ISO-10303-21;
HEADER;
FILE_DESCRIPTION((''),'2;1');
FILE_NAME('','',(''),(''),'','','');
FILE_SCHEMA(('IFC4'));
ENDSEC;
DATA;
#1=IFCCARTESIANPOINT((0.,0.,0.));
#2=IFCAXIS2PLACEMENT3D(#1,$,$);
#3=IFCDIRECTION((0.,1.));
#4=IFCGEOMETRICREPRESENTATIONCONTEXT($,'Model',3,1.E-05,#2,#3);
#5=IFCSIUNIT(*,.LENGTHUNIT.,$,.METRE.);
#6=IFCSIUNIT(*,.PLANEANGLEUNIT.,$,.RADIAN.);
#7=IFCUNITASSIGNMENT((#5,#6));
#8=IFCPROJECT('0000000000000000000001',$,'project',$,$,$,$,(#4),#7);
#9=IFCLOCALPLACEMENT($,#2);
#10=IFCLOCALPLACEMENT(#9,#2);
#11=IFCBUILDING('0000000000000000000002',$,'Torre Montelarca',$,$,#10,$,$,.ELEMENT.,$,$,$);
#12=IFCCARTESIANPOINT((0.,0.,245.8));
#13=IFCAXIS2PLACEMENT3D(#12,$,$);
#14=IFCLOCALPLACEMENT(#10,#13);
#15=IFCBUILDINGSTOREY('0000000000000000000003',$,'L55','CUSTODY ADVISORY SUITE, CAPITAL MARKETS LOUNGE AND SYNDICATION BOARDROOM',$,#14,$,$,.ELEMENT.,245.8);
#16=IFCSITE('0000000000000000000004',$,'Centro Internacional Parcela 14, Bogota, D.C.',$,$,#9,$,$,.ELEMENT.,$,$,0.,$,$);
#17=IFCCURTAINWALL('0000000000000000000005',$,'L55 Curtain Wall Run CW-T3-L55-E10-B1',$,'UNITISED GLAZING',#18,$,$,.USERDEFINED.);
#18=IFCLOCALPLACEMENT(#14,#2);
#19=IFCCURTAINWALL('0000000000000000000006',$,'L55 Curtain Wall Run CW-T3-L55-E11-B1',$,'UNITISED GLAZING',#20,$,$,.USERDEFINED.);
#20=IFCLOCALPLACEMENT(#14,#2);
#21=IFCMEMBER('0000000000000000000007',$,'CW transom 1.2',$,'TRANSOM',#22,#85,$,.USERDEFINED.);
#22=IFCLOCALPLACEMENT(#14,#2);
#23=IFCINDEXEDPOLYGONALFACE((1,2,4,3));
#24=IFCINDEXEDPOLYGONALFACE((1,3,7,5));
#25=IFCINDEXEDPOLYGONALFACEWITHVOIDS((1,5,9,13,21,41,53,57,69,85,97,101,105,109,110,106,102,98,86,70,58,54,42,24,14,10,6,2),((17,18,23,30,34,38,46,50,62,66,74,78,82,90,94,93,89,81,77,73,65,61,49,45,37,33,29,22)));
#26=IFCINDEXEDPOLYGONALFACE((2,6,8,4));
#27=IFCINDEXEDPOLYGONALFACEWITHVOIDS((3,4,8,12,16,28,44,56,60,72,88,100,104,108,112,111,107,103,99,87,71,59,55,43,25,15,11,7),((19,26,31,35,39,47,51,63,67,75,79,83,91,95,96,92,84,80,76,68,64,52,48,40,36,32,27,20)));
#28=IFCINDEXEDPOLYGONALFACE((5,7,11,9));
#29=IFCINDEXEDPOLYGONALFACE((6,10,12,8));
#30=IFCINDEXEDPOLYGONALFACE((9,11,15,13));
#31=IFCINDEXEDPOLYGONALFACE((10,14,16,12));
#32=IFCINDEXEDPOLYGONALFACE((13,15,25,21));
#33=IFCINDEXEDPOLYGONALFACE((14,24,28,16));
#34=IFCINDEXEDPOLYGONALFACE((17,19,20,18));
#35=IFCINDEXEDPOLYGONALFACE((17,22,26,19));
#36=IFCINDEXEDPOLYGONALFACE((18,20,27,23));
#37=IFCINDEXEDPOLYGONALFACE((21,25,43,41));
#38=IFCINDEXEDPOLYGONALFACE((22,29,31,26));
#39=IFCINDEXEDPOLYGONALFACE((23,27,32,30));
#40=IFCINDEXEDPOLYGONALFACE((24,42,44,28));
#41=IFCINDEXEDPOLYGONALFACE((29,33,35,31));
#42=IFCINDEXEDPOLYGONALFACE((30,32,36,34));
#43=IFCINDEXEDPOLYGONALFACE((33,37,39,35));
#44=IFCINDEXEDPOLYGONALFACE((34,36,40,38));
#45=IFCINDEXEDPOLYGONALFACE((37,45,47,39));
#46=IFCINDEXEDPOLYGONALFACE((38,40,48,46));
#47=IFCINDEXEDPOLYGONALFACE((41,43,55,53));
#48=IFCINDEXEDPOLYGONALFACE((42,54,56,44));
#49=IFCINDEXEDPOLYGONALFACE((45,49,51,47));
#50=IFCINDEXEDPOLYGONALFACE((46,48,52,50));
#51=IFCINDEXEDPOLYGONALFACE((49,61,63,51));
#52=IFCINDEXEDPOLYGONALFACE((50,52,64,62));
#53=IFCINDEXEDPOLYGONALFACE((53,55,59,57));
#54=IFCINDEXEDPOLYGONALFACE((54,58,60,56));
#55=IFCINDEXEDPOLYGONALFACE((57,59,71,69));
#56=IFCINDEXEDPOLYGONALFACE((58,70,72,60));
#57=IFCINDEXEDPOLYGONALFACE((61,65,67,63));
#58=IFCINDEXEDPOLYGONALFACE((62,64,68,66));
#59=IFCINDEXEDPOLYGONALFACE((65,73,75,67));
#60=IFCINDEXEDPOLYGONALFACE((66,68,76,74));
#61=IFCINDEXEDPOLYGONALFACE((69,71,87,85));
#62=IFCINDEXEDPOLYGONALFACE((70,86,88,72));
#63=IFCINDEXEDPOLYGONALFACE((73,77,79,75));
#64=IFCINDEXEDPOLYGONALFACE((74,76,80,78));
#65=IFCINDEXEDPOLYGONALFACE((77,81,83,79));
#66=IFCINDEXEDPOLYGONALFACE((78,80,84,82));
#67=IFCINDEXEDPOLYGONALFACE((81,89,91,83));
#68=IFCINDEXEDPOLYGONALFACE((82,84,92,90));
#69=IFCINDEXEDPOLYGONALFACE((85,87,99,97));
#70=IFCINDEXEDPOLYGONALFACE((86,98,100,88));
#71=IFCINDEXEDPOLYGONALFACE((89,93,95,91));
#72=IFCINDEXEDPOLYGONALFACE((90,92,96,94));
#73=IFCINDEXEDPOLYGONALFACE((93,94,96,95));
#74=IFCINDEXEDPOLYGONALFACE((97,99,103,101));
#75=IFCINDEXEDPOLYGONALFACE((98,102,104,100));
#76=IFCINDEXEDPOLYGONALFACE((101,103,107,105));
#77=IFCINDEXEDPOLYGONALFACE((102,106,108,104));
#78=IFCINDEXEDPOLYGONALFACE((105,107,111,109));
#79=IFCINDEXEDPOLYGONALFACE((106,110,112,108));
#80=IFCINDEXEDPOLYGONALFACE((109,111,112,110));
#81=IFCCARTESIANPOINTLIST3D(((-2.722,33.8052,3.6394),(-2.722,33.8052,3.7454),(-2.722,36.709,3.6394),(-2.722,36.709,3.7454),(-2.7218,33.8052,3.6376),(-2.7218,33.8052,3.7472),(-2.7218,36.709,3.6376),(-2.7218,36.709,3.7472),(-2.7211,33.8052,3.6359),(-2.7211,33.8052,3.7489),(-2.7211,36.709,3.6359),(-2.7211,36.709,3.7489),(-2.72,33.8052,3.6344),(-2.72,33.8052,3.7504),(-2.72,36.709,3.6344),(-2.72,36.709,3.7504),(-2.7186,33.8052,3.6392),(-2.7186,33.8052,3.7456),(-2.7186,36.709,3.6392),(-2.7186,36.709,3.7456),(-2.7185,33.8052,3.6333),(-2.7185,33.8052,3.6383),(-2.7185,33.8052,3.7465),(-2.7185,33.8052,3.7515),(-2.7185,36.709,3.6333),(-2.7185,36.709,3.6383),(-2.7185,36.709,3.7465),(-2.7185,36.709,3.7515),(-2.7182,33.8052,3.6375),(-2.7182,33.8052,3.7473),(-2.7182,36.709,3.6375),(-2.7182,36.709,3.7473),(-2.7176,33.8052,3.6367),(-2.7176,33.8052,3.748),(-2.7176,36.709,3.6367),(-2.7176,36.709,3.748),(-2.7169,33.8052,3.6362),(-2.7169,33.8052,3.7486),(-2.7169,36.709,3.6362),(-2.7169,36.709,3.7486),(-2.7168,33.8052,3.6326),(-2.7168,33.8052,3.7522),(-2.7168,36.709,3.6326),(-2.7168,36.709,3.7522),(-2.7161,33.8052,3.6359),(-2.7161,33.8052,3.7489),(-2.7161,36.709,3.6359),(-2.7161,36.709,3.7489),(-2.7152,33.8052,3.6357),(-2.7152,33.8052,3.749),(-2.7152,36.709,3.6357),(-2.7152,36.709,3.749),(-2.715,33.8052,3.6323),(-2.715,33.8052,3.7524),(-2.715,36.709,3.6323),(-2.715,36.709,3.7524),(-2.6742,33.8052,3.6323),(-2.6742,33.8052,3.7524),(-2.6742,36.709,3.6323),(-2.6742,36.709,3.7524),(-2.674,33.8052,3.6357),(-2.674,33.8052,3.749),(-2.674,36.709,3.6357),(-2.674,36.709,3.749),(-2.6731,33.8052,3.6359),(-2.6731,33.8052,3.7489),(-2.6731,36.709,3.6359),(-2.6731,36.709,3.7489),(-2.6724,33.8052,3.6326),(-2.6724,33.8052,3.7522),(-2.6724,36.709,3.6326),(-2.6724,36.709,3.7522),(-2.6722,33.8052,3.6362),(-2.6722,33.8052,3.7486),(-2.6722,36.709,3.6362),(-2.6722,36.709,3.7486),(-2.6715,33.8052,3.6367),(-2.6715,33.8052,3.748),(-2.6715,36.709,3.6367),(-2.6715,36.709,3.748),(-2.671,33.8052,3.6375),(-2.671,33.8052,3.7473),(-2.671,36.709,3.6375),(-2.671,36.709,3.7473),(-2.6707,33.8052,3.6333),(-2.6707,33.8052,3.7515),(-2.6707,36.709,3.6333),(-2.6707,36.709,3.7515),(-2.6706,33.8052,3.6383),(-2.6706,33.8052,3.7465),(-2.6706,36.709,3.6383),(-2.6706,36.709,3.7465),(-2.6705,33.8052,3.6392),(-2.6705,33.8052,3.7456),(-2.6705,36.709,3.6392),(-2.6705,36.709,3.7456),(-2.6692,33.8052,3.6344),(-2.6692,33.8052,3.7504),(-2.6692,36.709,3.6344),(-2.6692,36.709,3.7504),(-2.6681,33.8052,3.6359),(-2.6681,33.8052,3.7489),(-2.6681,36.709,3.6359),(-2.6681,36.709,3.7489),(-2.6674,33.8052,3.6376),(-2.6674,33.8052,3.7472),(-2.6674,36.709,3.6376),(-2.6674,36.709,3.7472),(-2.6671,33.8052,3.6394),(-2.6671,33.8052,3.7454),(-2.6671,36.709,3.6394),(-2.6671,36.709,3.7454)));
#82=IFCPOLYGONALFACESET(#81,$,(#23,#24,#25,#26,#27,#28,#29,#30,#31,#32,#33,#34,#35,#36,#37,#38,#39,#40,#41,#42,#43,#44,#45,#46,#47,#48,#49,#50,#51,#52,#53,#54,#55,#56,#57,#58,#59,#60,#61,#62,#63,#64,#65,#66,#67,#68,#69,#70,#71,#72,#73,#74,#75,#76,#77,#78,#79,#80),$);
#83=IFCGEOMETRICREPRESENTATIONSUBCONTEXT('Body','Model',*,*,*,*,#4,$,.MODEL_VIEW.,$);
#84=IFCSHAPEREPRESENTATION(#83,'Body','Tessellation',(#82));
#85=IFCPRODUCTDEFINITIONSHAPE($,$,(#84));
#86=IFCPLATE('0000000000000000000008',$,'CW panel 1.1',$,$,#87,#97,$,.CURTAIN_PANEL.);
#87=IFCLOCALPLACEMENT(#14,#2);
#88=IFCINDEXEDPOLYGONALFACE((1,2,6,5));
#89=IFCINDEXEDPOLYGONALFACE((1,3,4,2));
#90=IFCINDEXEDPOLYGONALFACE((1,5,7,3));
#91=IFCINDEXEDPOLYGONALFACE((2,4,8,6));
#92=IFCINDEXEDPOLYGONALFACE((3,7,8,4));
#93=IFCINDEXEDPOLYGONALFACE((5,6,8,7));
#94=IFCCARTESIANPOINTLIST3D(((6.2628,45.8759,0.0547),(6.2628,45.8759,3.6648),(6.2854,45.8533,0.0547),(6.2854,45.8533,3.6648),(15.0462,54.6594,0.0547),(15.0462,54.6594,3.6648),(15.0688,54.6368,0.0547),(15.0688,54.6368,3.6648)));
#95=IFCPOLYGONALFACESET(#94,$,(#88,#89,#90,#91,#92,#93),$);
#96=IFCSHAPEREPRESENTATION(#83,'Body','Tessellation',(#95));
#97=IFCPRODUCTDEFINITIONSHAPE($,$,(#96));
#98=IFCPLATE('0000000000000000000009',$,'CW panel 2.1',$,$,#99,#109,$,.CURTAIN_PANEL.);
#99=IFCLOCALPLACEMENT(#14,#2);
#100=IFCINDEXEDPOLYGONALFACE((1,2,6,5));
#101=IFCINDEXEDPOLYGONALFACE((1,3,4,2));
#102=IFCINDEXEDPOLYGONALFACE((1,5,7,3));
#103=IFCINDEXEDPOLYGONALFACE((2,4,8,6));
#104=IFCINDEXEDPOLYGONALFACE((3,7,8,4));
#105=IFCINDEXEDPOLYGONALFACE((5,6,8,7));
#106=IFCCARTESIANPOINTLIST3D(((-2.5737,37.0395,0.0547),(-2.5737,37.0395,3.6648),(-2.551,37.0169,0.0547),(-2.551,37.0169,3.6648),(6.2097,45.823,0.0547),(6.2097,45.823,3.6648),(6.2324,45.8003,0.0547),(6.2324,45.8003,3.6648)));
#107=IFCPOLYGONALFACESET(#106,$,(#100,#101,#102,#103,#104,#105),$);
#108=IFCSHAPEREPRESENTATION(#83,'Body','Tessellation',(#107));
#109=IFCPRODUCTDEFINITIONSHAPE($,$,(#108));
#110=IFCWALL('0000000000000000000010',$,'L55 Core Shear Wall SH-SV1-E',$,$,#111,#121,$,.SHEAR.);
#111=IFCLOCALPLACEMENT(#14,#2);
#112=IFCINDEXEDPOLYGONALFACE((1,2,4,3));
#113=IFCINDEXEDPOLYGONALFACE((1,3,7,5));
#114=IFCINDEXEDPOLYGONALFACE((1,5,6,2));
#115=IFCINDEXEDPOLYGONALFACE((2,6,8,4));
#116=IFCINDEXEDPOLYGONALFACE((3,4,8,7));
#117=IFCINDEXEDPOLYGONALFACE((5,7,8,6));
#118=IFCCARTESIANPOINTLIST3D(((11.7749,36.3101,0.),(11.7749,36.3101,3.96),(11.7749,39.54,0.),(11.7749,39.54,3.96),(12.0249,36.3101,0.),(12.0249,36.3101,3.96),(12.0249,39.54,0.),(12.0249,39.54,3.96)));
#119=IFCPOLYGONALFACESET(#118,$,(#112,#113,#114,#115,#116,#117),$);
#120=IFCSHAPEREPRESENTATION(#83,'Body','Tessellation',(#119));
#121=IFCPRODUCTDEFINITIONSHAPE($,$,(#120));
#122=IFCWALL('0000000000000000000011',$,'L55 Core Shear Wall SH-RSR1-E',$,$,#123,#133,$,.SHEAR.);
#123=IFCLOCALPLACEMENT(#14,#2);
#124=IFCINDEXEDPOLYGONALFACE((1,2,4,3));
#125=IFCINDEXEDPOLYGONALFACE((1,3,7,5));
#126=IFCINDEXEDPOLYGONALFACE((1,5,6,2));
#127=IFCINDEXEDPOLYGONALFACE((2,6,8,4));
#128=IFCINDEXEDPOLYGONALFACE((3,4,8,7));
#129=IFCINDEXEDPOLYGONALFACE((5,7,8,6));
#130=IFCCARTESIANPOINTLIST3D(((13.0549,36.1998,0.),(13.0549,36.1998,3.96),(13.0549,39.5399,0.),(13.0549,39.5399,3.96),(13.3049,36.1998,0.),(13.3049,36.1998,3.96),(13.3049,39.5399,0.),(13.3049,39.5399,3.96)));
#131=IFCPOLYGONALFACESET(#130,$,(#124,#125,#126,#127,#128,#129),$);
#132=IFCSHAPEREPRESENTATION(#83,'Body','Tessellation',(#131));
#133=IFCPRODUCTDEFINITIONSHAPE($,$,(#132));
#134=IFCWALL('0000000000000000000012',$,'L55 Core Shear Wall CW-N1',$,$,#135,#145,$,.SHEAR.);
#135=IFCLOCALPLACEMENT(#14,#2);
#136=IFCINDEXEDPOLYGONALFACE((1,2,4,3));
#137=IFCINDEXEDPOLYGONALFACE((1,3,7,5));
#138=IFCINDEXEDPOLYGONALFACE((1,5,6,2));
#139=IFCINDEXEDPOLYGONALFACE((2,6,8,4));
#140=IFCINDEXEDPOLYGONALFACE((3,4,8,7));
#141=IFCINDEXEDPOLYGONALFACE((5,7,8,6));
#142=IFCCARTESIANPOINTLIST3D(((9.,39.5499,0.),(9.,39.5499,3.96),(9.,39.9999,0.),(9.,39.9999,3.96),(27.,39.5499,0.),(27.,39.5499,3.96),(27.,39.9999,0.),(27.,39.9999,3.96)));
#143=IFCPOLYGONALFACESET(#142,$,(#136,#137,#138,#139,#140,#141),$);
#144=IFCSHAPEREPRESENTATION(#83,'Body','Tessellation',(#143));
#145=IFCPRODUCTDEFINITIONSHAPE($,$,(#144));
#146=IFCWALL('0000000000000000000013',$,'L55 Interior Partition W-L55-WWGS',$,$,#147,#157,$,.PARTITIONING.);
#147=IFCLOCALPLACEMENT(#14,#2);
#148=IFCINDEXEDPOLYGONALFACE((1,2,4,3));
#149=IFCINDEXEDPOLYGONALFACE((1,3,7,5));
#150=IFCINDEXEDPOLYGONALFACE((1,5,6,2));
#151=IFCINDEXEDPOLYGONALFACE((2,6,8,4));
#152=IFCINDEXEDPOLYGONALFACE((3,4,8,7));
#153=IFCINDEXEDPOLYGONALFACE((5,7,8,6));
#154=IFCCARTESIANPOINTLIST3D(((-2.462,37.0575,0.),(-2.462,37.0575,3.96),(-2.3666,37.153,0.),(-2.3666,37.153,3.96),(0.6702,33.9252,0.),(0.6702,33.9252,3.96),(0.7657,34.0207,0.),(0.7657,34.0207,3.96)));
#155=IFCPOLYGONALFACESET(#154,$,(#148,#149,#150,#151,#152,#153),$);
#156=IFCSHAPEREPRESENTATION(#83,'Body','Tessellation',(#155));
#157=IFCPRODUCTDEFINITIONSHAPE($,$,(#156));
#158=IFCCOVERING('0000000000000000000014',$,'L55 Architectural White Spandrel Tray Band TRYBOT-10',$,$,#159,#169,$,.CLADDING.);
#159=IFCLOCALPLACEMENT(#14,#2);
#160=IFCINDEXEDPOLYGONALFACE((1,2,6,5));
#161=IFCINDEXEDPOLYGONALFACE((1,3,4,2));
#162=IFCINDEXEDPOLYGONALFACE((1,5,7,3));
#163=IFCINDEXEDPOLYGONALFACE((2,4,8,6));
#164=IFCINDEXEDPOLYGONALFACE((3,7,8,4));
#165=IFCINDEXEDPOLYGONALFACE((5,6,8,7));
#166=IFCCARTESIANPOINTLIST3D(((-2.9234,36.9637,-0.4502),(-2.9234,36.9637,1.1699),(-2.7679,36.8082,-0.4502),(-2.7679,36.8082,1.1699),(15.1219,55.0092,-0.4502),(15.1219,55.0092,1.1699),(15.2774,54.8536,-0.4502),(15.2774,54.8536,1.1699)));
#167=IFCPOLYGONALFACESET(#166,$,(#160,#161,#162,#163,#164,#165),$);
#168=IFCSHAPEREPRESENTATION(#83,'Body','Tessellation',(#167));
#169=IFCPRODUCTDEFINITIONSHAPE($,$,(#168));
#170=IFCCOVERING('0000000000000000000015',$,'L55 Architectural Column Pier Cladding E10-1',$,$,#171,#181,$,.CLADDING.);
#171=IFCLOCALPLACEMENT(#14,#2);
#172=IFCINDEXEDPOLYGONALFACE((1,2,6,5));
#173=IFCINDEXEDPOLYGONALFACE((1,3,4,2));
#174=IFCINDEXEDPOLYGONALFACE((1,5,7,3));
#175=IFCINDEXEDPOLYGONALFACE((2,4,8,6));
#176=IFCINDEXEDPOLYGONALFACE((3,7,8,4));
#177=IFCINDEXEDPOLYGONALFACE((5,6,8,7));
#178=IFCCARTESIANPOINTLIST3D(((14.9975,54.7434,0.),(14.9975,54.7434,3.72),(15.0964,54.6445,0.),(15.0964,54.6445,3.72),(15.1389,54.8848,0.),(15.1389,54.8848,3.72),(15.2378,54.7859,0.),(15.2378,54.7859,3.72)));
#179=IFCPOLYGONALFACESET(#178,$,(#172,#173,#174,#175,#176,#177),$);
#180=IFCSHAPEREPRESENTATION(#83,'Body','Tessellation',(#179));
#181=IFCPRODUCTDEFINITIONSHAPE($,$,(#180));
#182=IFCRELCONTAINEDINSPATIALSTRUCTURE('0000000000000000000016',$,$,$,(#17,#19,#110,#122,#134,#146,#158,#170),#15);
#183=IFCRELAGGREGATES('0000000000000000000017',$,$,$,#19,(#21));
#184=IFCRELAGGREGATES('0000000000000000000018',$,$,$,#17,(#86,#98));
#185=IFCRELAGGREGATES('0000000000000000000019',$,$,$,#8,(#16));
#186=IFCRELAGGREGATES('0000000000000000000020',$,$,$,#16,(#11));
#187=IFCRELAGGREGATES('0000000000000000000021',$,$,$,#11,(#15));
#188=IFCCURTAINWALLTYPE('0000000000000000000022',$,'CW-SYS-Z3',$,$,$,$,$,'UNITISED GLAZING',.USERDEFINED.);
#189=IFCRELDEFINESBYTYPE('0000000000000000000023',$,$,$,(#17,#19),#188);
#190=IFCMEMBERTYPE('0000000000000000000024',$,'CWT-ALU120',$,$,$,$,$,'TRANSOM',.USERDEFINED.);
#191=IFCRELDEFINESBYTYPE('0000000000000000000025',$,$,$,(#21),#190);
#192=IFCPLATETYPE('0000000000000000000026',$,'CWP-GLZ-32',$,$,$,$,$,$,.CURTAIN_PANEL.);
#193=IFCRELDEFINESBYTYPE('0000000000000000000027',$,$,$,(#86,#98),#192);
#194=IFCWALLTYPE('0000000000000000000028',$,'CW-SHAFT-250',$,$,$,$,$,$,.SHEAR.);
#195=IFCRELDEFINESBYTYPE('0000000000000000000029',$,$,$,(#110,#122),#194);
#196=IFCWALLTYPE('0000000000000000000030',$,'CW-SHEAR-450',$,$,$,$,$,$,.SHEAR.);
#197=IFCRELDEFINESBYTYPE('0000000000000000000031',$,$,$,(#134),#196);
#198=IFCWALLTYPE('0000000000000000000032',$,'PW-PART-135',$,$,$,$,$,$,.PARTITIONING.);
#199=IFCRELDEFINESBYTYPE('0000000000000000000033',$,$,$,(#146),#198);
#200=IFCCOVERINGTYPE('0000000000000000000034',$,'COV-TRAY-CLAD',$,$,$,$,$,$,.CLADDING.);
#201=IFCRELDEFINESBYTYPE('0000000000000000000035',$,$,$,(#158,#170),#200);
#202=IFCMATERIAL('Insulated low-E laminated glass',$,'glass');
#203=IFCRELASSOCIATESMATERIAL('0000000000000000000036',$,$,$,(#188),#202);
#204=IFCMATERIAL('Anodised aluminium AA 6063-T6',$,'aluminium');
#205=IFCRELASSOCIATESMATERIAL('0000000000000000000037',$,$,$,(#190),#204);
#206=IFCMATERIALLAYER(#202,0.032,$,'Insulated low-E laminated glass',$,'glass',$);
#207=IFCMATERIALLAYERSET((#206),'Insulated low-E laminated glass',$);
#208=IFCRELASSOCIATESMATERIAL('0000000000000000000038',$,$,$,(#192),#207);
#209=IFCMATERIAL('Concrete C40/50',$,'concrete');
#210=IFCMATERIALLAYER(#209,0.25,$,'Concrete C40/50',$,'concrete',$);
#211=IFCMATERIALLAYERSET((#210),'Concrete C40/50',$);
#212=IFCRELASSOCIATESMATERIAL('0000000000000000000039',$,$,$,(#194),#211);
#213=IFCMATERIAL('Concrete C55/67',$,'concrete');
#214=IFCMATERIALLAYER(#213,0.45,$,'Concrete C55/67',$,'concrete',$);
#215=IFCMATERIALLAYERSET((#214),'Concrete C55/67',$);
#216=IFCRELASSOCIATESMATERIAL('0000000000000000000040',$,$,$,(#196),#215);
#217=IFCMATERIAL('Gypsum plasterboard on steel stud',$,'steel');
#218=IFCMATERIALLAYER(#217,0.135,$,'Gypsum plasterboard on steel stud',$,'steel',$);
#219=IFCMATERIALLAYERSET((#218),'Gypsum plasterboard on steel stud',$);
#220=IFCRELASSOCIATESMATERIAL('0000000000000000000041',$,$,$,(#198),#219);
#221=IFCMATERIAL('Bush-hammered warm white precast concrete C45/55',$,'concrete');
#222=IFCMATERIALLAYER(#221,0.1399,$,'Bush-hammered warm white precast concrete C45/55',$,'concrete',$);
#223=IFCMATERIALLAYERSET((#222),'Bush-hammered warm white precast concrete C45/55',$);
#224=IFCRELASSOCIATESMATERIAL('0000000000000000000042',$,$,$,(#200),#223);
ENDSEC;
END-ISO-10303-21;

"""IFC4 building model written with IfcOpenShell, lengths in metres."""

from ifc_helpers import new_model, si_unit, direction, frame, frame_2d, origin, origin_2d, place, context, subcontext, project, spatial, rectangle, hollow_rectangle, extrude, source, transform, mapped, material, layer, layer_set, material_profile, profile_set, type_object, element, aggregate, save


model = new_model("IFC4")

# Units and contexts
model_context = context("Model", 3, precision=1e-05, world=origin(), true_north=direction((0.0, 1.0)))
body_context = subcontext(model_context, "Body", "Model", "MODEL_VIEW")
ifc_project = project(units=[si_unit("LENGTHUNIT", "METRE"), si_unit("PLANEANGLEUNIT", "RADIAN")], contexts=[model_context])

# Site, building, storey
site_placement = place(None, origin())
site = spatial("IfcSite", under=ifc_project, at=site_placement, Name="Centro Internacional Parcela 14, Bogota, D.C.", CompositionType="ELEMENT", RefElevation=0.0)
building_placement = place(site_placement, origin())
building = spatial("IfcBuilding", under=site, at=building_placement, Name="Torre Montelarca", CompositionType="ELEMENT")
storey_placement = place(building_placement, frame((0.0, 0.0, 245.8)))
storey = spatial("IfcBuildingStorey", under=building, at=storey_placement, Name="L55", Description="CUSTODY ADVISORY SUITE, CAPITAL MARKETS LOUNGE AND SYNDICATION BOARDROOM", CompositionType="ELEMENT", Elevation=245.8)

# Shared definitions
ifc_material_1 = material(Name="Concrete C55/67", Category="concrete")
ifc_material_2 = material(Name="Concrete C40/50", Category="concrete")

# Curtain walls, member
ifc_material_3 = material(Name="Insulated low-E laminated glass", Category="glass")
curtain_wall_type = type_object("IfcCurtainWallType", Name="CW-SYS-Z3", ElementType="UNITISED GLAZING", PredefinedType="USERDEFINED", material=ifc_material_3)
curtain_wall_1_placement = place(storey_placement, origin())
curtain_wall_1 = element("IfcCurtainWall", 1, at=curtain_wall_1_placement, inside=storey, type_object=curtain_wall_type, Name="L55 Curtain Wall Run CW-T3-L55-E10-B1", ObjectType="UNITISED GLAZING", PredefinedType="USERDEFINED")
ifc_material_4 = material(Name="Anodised aluminium AA 6063-T6", Category="aluminium")
ifc_material_profile_1 = material_profile(ifc_material_4, hollow_rectangle(XDim=0.0549, YDim=0.1201, WallThickness=0.0034, InnerFilletRadius=0.0034, OuterFilletRadius=0.0071, at=origin_2d()), Name="ALU55X120X3.5", Category="aluminium")
ifc_profile_set_1 = profile_set([ifc_material_profile_1], Name="Anodised aluminium AA 6063-T6")
member_type_1 = type_object("IfcMemberType", Name="CWT-ALU120", ElementType="TRANSOM", PredefinedType="USERDEFINED", material=ifc_profile_set_1)
curtain_wall_2_placement = place(storey_placement, origin())
curtain_wall_2 = element("IfcCurtainWall", 2, at=curtain_wall_2_placement, inside=storey, type_object=curtain_wall_type, Name="L55 Curtain Wall Run CW-T3-L55-E11-B1", ObjectType="UNITISED GLAZING", PredefinedType="USERDEFINED")
shared_shape_1 = source(origin(), body_context, "Body", "SweptSolid", [
    extrude(hollow_rectangle(XDim=0.0549, YDim=0.1201, WallThickness=0.0034, InnerFilletRadius=0.0034, OuterFilletRadius=0.0071, at=origin_2d()), origin(), (0.0, 0.0, 1.0), 2.9038),
])
member_1_placement = place(storey_placement, frame((-2.6946, 36.709, 3.6924), z_axis=(0.0, -1.0, 0.0), x_axis=(1.0, 0.0, 0.0)))
member_1 = element("IfcMember", 3, at=member_1_placement, type_object=member_type_1, Name="CW transom 1.2", ObjectType="TRANSOM", PredefinedType="USERDEFINED", context=body_context, shape_type="MappedRepresentation", body=[
    mapped(shared_shape_1, transform((0.0, 0.0, 0.0), scale=1.0)),
])
aggregate(curtain_wall_2, [member_1])

# Plates
ifc_layer_1 = layer(ifc_material_3, 0.032, Name="Insulated low-E laminated glass", Category="glass")
ifc_layer_set_1 = layer_set([ifc_layer_1], Name="Insulated low-E laminated glass")
plate_type = type_object("IfcPlateType", Name="CWP-GLZ-32", PredefinedType="CURTAIN_PANEL", material=ifc_layer_set_1)
shared_shape_2 = source(origin(), body_context, "Body", "SweptSolid", [
    extrude(rectangle(XDim=12.4216, YDim=0.032, at=origin_2d()), origin(), (0.0, 0.0, 1.0), 3.6101),
])
plate_1_placement = place(storey_placement, frame((10.6658, 50.2563, 0.0547), z_axis=(0.0, 0.0, 1.0), x_axis=(-0.707105, -0.707109, 0.0)))
plate_1 = element("IfcPlate", 4, at=plate_1_placement, type_object=plate_type, Name="CW panel 1.1", PredefinedType="CURTAIN_PANEL", context=body_context, shape_type="MappedRepresentation", body=[
    mapped(shared_shape_2, transform((0.0, 0.0, 0.0), scale=1.0)),
])
plate_2_placement = place(storey_placement, frame((1.8293, 41.4199, 0.0547), z_axis=(0.0, 0.0, 1.0), x_axis=(-0.707105, -0.707109, 0.0)))
plate_2 = element("IfcPlate", 5, at=plate_2_placement, type_object=plate_type, Name="CW panel 2.1", PredefinedType="CURTAIN_PANEL", context=body_context, shape_type="MappedRepresentation", body=[
    mapped(shared_shape_2, transform((0.0, 0.0, 0.0), scale=1.0)),
])
aggregate(curtain_wall_1, [plate_1, plate_2])

# Walls
ifc_layer_2 = layer(ifc_material_2, 0.25, Name="Concrete C40/50", Category="concrete")
ifc_layer_set_2 = layer_set([ifc_layer_2], Name="Concrete C40/50")
wall_type_1 = type_object("IfcWallType", Name="CW-SHAFT-250", PredefinedType="SHEAR", material=ifc_layer_set_2)
wall_1_placement = place(storey_placement, frame((11.8999, 36.3101, 0.0), z_axis=(0.0, 0.0, 1.0), x_axis=(0.0, 1.0, 0.0)))
element("IfcWall", 6, at=wall_1_placement, inside=storey, type_object=wall_type_1, Name="L55 Core Shear Wall SH-SV1-E", PredefinedType="SHEAR", context=body_context, shape_type="SweptSolid", body=[
    extrude(rectangle(XDim=3.23, YDim=0.25, at=frame_2d((1.615, 0.0))), origin(), (0.0, 0.0, 1.0), 3.96),
])
wall_2_placement = place(storey_placement, frame((13.1799, 36.2, 0.0), z_axis=(0.0, 0.0, 1.0), x_axis=(0.0, 1.0, 0.0)))
element("IfcWall", 7, at=wall_2_placement, inside=storey, type_object=wall_type_1, Name="L55 Core Shear Wall SH-RSR1-E", PredefinedType="SHEAR", context=body_context, shape_type="SweptSolid", body=[
    extrude(rectangle(XDim=3.3401, YDim=0.25, at=frame_2d((1.6699, 0.0))), origin(), (0.0, 0.0, 1.0), 3.96),
])
ifc_layer_3 = layer(ifc_material_1, 0.45, Name="Concrete C55/67", Category="concrete")
ifc_layer_set_3 = layer_set([ifc_layer_3], Name="Concrete C55/67")
wall_type_2 = type_object("IfcWallType", Name="CW-SHEAR-450", PredefinedType="SHEAR", material=ifc_layer_set_3)
wall_3_placement = place(storey_placement, frame((9.0, 39.7749, 0.0), z_axis=(0.0, 0.0, 1.0), x_axis=(1.0, 0.0, 0.0)))
element("IfcWall", 8, at=wall_3_placement, inside=storey, type_object=wall_type_2, Name="L55 Core Shear Wall CW-N1", PredefinedType="SHEAR", context=body_context, shape_type="SweptSolid", body=[
    extrude(rectangle(XDim=18.0, YDim=0.45, at=frame_2d((9.0, 0.0))), origin(), (0.0, 0.0, 1.0), 3.96),
])
ifc_material_5 = material(Name="Gypsum plasterboard on steel stud", Category="steel")
ifc_layer_4 = layer(ifc_material_5, 0.135, Name="Gypsum plasterboard on steel stud", Category="steel")
ifc_layer_set_4 = layer_set([ifc_layer_4], Name="Gypsum plasterboard on steel stud")
wall_type_3 = type_object("IfcWallType", Name="PW-PART-135", PredefinedType="PARTITIONING", material=ifc_layer_set_4)
wall_4_placement = place(storey_placement, frame((-2.4143, 37.1052, 0.0), z_axis=(0.0, 0.0, 1.0), x_axis=(0.707107, -0.707107, 0.0)))
element("IfcWall", 9, at=wall_4_placement, inside=storey, type_object=wall_type_3, Name="L55 Interior Partition W-L55-WWGS", PredefinedType="PARTITIONING", context=body_context, shape_type="SweptSolid", body=[
    extrude(rectangle(XDim=4.4297, YDim=0.135, at=frame_2d((2.2148, 0.0))), origin(), (0.0, 0.0, 1.0), 3.96),
])

# Coverings
ifc_material_6 = material(Name="Bush-hammered warm white precast concrete C45/55", Category="concrete")
ifc_layer_5 = layer(ifc_material_6, 0.1399, Name="Bush-hammered warm white precast concrete C45/55", Category="concrete")
ifc_layer_set_5 = layer_set([ifc_layer_5], Name="Bush-hammered warm white precast concrete C45/55")
covering_type = type_object("IfcCoveringType", Name="COV-TRAY-CLAD", PredefinedType="CLADDING", material=ifc_layer_set_5)
shared_shape_3 = source(origin(), body_context, "Body", "SweptSolid", [
    extrude(rectangle(XDim=25.52, YDim=0.22, at=origin_2d()), origin(), (0.0, 0.0, 1.0), 1.6201),
])
covering_placement = place(storey_placement, frame((6.177, 45.9087, -0.4502), z_axis=(0.0, 0.0, 1.0), x_axis=(-0.707104, -0.707109, 0.0)))
element("IfcCovering", 10, at=covering_placement, inside=storey, type_object=covering_type, Name="L55 Architectural White Spandrel Tray Band TRYBOT-10", PredefinedType="CLADDING", context=body_context, shape_type="MappedRepresentation", body=[
    mapped(shared_shape_3, transform((0.0, 0.0, 0.0), scale=1.0)),
])
shared_shape_4 = source(origin(), body_context, "Body", "SweptSolid", [
    extrude(rectangle(XDim=0.2, YDim=0.1399, at=origin_2d()), origin(), (0.0, 0.0, 1.0), 3.72),
])
for number, where, z_axis, x_axis, name in (
    (11, (15.1177, 54.7646, 0.0), (0.0, 0.0, 1.0), (-0.707104, -0.707109, 0.0), "L55 Architectural Column Pier Cladding E10-1"),
):
    element("IfcCovering", number, at=place(storey_placement, frame(where, z_axis=z_axis, x_axis=x_axis)), inside=storey, type_object=covering_type, Name=name, PredefinedType="CLADDING", context=body_context, shape_type="MappedRepresentation", body=[
        mapped(shared_shape_4, transform((0.0, 0.0, 0.0), scale=1.0)),
    ])

save(model, "model.ifc")
